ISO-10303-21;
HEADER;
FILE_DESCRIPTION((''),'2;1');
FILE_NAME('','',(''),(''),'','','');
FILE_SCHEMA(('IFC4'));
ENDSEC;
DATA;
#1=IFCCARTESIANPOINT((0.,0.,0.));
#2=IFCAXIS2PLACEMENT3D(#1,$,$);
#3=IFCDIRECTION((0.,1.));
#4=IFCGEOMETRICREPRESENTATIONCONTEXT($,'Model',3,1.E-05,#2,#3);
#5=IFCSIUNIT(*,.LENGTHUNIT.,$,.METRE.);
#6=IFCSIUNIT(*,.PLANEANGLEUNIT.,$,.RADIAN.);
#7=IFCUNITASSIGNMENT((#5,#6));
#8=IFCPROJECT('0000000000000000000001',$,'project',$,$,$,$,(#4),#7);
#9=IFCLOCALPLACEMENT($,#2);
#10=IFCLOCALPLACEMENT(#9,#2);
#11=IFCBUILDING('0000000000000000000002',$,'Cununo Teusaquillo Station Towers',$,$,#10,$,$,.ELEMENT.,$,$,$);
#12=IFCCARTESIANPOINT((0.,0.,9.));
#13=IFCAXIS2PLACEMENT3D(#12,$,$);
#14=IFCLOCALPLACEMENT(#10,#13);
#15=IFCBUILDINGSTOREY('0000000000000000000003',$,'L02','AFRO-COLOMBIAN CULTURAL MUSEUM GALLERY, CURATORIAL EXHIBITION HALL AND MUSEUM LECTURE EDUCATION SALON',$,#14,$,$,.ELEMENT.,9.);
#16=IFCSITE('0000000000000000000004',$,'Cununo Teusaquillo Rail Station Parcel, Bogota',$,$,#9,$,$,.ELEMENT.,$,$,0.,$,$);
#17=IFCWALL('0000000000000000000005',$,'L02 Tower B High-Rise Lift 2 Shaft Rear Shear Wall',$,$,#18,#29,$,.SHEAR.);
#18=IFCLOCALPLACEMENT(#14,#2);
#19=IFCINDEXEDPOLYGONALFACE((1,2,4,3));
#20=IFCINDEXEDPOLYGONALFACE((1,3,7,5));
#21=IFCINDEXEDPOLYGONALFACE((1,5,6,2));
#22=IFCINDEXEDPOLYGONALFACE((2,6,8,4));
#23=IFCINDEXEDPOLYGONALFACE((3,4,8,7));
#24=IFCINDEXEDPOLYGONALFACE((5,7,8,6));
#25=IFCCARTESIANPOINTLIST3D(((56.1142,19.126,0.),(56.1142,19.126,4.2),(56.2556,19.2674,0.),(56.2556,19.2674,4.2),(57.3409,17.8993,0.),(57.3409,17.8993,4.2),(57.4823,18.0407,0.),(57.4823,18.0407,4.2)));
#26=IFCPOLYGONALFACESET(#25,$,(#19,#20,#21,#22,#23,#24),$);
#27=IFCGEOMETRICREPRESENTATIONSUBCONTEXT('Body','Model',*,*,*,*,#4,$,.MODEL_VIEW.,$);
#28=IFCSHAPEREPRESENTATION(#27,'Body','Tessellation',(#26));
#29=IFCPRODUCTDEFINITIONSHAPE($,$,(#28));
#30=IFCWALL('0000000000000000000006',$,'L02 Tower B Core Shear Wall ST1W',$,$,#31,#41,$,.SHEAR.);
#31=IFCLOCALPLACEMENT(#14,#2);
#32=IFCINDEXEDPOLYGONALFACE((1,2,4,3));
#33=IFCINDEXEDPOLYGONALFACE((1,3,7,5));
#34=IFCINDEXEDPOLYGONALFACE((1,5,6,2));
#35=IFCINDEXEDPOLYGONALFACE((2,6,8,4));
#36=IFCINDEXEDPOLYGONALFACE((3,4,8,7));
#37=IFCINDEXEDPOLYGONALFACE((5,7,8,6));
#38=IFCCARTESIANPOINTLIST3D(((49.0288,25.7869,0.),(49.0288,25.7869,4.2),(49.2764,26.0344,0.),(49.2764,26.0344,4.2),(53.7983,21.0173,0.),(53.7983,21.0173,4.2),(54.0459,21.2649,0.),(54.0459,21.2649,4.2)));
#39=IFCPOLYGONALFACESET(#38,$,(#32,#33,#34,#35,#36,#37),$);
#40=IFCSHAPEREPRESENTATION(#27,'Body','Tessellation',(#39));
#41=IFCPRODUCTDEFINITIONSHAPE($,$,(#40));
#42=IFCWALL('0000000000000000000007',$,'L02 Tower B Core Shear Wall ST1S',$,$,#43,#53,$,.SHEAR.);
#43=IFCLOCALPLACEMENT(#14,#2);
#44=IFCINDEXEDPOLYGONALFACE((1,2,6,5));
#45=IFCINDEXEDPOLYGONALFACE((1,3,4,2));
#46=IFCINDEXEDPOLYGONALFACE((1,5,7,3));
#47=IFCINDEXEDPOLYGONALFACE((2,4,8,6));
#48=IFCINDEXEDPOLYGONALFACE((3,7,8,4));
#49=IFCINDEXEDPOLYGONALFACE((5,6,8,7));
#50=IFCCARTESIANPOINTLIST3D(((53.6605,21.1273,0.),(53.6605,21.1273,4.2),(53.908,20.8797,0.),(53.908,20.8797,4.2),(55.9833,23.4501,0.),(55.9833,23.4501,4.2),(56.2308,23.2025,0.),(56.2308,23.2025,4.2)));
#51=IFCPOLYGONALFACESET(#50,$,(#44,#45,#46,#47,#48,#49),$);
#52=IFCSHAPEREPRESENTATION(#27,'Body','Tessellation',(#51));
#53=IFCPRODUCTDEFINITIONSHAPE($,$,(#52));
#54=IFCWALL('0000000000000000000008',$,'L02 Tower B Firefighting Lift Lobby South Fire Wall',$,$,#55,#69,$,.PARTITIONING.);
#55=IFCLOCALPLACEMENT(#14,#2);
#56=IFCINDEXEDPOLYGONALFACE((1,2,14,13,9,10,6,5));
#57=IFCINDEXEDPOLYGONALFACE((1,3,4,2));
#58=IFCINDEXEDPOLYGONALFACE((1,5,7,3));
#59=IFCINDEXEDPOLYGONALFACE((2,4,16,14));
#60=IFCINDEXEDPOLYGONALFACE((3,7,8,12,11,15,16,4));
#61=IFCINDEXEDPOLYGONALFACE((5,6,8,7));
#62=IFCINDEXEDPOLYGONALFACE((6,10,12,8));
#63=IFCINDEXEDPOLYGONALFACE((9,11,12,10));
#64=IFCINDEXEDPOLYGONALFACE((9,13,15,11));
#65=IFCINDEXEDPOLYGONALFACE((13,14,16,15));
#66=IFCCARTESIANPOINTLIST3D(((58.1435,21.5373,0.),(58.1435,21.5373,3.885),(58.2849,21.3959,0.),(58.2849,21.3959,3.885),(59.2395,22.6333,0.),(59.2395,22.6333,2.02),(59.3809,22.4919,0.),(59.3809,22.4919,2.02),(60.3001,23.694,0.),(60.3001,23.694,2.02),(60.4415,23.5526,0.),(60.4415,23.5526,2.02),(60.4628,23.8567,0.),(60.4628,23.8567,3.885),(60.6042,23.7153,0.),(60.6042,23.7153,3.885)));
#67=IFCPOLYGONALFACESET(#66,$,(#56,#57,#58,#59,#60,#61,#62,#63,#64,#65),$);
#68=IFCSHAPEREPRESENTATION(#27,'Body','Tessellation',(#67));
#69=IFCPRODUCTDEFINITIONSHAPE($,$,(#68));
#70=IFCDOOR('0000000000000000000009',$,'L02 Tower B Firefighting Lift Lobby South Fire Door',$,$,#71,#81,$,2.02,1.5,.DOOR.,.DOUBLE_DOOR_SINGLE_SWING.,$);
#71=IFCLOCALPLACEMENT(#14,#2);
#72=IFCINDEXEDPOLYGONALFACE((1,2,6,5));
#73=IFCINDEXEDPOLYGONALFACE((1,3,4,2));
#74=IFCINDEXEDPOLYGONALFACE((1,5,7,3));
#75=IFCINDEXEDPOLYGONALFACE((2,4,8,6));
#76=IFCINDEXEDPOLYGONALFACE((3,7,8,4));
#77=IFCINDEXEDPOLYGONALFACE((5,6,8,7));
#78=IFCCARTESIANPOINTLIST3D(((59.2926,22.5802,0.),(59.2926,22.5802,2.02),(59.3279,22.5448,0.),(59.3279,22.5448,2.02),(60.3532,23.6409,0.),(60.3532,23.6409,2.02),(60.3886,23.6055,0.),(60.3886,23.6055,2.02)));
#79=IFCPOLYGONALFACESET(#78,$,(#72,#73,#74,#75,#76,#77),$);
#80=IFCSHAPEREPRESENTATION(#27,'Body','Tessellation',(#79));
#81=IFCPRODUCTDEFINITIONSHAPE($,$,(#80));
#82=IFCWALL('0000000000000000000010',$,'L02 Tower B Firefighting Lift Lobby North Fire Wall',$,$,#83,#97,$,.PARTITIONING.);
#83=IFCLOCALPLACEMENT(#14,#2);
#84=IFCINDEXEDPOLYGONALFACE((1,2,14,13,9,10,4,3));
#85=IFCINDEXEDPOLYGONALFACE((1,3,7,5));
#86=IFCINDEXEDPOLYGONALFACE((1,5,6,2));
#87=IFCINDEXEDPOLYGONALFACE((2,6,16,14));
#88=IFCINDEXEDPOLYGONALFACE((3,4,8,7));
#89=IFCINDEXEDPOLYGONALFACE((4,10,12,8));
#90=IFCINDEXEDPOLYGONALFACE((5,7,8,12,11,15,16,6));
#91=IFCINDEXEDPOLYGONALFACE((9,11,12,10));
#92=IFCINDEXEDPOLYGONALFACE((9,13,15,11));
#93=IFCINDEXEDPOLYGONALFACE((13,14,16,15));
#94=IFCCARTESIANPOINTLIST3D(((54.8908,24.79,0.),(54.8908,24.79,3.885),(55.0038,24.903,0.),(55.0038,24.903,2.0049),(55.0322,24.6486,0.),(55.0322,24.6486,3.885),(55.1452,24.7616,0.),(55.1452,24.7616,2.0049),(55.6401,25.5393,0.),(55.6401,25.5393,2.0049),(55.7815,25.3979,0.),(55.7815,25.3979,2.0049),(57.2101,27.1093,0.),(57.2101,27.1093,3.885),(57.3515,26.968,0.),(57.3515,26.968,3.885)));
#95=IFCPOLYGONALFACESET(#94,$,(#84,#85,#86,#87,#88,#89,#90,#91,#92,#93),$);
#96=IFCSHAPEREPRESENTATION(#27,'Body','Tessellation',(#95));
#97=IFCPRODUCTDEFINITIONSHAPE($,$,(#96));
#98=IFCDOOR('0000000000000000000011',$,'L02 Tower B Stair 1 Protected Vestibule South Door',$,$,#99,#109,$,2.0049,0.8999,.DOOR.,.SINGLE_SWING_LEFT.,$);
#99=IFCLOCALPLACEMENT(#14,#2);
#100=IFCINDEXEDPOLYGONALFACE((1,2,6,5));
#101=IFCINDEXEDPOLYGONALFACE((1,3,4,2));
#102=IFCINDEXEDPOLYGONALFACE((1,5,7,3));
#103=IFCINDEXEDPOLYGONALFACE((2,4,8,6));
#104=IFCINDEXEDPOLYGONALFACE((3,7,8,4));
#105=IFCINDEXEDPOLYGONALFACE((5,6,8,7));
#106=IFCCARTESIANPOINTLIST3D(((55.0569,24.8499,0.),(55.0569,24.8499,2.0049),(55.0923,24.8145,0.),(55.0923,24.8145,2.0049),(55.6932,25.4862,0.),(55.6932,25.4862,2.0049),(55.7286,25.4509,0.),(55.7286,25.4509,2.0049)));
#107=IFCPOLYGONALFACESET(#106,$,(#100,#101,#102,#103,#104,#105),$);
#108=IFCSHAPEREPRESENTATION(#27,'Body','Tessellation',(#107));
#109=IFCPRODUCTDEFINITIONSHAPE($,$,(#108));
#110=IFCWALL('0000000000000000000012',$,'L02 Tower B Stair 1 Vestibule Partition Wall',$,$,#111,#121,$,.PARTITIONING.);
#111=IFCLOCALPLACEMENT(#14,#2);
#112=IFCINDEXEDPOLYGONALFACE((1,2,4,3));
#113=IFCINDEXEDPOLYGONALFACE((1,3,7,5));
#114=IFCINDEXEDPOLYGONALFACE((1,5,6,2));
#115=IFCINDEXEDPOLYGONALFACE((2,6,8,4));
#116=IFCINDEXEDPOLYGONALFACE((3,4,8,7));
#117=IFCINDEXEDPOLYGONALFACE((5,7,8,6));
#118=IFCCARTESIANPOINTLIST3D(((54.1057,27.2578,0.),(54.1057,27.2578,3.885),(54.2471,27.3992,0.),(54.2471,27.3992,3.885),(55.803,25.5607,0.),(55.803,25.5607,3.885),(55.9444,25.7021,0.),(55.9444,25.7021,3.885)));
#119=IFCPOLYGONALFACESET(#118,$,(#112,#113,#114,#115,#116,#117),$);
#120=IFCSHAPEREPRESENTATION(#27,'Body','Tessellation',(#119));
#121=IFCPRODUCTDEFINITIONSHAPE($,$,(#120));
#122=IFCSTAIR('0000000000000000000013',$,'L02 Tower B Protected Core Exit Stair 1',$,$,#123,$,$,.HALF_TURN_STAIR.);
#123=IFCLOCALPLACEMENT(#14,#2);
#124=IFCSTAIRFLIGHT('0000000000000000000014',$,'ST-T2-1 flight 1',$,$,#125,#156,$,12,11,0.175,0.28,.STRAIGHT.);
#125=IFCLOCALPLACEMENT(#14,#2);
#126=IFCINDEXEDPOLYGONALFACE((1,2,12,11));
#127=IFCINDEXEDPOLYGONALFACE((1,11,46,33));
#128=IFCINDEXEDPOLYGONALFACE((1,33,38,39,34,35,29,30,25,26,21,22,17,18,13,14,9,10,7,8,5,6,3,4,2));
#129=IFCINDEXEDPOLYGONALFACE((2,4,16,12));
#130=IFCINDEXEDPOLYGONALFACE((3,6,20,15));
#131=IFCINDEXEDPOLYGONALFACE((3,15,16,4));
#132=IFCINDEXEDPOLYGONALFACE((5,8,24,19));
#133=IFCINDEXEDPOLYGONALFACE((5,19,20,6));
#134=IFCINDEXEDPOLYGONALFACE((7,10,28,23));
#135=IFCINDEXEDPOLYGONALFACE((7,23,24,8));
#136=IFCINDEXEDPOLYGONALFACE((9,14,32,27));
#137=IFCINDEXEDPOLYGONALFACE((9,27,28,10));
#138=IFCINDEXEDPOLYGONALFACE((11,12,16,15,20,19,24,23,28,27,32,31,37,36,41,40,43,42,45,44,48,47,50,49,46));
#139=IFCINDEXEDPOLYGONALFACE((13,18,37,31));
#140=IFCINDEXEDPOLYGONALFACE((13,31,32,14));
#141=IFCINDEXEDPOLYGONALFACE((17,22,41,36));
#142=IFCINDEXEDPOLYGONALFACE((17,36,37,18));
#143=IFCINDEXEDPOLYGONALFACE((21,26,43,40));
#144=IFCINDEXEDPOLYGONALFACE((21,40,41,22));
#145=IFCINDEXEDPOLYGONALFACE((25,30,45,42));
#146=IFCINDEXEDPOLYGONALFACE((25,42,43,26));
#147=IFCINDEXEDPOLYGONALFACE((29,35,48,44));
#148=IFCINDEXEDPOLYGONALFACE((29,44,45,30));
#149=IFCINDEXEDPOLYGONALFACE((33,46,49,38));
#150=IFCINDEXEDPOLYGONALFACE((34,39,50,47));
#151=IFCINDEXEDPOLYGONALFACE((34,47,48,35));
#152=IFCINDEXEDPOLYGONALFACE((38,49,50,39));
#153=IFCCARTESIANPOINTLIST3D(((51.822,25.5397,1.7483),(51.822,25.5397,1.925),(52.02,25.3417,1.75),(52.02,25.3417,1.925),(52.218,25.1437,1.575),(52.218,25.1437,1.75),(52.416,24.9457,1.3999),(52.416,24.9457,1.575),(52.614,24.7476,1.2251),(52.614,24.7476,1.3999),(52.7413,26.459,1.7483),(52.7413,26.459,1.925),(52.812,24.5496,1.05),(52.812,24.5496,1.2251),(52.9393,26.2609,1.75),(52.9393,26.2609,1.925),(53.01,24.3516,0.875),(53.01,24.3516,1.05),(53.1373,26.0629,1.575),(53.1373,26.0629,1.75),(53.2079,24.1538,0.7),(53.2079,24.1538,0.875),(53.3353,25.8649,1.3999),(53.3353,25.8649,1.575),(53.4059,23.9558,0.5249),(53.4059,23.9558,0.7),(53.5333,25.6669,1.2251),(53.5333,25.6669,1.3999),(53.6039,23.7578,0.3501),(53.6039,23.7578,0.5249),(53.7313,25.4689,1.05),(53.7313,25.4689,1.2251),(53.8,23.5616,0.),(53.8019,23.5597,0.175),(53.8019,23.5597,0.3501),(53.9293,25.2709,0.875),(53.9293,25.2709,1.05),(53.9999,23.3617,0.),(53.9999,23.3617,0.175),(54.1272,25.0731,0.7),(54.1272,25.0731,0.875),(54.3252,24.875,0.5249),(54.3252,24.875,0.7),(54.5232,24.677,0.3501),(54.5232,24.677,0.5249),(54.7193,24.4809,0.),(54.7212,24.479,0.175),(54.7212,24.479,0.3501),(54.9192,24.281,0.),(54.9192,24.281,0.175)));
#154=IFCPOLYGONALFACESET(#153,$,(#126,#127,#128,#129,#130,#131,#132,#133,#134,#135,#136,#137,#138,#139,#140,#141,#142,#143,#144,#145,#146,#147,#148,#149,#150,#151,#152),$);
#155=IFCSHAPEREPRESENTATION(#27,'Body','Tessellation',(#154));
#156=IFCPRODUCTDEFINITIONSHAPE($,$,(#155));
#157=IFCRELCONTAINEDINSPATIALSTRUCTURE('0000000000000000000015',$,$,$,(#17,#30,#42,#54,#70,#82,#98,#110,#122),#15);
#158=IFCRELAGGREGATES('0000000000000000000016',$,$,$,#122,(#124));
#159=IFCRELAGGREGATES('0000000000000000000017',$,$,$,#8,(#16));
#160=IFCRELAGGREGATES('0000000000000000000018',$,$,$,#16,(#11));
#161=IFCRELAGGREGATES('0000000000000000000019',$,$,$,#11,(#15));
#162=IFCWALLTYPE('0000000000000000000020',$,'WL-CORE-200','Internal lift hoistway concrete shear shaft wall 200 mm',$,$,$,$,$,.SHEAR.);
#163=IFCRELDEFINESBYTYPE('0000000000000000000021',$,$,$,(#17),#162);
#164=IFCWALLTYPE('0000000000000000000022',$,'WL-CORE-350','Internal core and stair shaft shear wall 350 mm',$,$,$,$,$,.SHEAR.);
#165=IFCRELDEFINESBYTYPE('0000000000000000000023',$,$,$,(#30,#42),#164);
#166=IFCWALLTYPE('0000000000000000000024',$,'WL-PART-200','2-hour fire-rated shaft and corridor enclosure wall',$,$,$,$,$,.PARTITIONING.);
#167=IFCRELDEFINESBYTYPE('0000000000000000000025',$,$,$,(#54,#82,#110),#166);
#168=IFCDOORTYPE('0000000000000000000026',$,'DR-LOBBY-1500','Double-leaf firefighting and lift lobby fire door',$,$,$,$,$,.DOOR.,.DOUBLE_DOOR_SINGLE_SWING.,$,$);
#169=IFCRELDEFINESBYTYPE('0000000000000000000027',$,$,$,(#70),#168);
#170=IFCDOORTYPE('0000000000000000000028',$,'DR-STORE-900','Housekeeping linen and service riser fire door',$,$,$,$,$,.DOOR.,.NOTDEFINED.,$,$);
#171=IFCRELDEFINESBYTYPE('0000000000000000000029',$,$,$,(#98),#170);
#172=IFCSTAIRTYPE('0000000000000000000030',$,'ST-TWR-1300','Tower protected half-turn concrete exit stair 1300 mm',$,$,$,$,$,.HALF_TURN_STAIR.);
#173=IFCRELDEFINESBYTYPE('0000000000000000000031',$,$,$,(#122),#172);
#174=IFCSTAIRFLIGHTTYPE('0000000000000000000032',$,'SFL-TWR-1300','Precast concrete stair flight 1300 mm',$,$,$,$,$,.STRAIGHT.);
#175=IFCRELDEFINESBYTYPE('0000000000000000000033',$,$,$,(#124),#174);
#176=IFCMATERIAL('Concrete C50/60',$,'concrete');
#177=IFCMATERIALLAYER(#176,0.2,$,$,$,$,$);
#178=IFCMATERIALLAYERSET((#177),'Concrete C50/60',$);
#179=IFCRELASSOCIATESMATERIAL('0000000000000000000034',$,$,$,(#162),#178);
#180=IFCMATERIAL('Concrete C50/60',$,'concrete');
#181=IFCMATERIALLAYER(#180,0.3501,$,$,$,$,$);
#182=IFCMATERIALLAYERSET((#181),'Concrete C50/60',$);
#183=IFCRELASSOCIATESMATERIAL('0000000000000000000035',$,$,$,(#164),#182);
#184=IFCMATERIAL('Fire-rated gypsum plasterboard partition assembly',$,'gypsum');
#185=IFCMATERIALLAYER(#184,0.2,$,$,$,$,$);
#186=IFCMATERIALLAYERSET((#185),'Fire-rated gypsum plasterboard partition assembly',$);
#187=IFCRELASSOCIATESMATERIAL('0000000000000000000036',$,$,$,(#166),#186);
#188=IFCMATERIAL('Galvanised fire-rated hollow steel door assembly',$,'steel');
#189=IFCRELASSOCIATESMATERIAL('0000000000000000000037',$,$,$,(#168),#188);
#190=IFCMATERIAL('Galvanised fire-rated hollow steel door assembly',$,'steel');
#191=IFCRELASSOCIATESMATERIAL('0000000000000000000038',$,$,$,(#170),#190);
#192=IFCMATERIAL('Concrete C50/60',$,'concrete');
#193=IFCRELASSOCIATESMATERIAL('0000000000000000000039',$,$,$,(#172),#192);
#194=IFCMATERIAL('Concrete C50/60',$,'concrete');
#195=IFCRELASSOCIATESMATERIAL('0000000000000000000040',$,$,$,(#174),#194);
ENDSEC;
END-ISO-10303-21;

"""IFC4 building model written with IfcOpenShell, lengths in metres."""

from ifc_helpers import new_model, si_unit, direction, frame, frame_2d, origin, place, context, subcontext, project, spatial, polyline, rectangle, outline, extrude, source, transform, mapped, material, layer, layer_set, type_object, element, fill, aggregate, save


model = new_model("IFC4")

# Units and contexts
model_context = context("Model", 3, precision=1e-05, world=origin(), true_north=direction((0.0, 1.0)))
body_context = subcontext(model_context, "Body", "Model", "MODEL_VIEW")
ifc_project = project(units=[si_unit("LENGTHUNIT", "METRE"), si_unit("PLANEANGLEUNIT", "RADIAN")], contexts=[model_context])

# Site, building, storey
site_placement = place(None, origin())
site = spatial("IfcSite", under=ifc_project, at=site_placement, Name="Cununo Teusaquillo Rail Station Parcel, Bogota", CompositionType="ELEMENT", RefElevation=0.0)
building_placement = place(site_placement, origin())
building = spatial("IfcBuilding", under=site, at=building_placement, Name="Cununo Teusaquillo Station Towers", CompositionType="ELEMENT")
storey_placement = place(building_placement, frame((0.0, 0.0, 9.0)))
storey = spatial("IfcBuildingStorey", under=building, at=storey_placement, Name="L02", Description="AFRO-COLOMBIAN CULTURAL MUSEUM GALLERY, CURATORIAL EXHIBITION HALL AND MUSEUM LECTURE EDUCATION SALON", CompositionType="ELEMENT", Elevation=9.0)

# Walls
ifc_material_1 = material(Name="Concrete C50/60", Category="concrete")
ifc_layer_1 = layer(ifc_material_1, 0.2)
ifc_layer_set_1 = layer_set([ifc_layer_1], Name="Concrete C50/60")
wall_type_1 = type_object("IfcWallType", Name="WL-CORE-200", Description="Internal lift hoistway concrete shear shaft wall 200 mm", PredefinedType="SHEAR", material=ifc_layer_set_1)
wall_1_placement = place(storey_placement, frame((57.4116, 17.97, 0.0), z_axis=(0.0, 0.0, 1.0), x_axis=(-0.707107, 0.707107, 0.0)))
element("IfcWall", 1, at=wall_1_placement, inside=storey, type_object=wall_type_1, Name="L02 Tower B High-Rise Lift 2 Shaft Rear Shear Wall", PredefinedType="SHEAR", context=body_context, shape_type="SweptSolid", body=[
    extrude(rectangle(XDim=1.7349, YDim=0.2, at=frame_2d((0.8674, 0.0))), origin(), (0.0, 0.0, 1.0), 4.2),
])
ifc_material_2 = material(Name="Concrete C50/60", Category="concrete")
ifc_layer_2 = layer(ifc_material_2, 0.3501)
ifc_layer_set_2 = layer_set([ifc_layer_2], Name="Concrete C50/60")
wall_type_2 = type_object("IfcWallType", Name="WL-CORE-350", Description="Internal core and stair shaft shear wall 350 mm", PredefinedType="SHEAR", material=ifc_layer_set_2)
wall_2_placement = place(storey_placement, frame((53.9221, 21.1411, 0.0), z_axis=(0.0, 0.0, 1.0), x_axis=(-0.707107, 0.707107, 0.0)))
element("IfcWall", 2, at=wall_2_placement, inside=storey, type_object=wall_type_2, Name="L02 Tower B Core Shear Wall ST1W", PredefinedType="SHEAR", context=body_context, shape_type="SweptSolid", body=[
    extrude(rectangle(XDim=6.7451, YDim=0.3501, at=frame_2d((3.3726, 0.0))), origin(), (0.0, 0.0, 1.0), 4.2),
])
wall_3_placement = place(storey_placement, frame((53.7842, 21.0034, 0.0), z_axis=(0.0, 0.0, 1.0), x_axis=(0.707107, 0.707107, 0.0)))
element("IfcWall", 3, at=wall_3_placement, inside=storey, type_object=wall_type_2, Name="L02 Tower B Core Shear Wall ST1S", PredefinedType="SHEAR", context=body_context, shape_type="SweptSolid", body=[
    extrude(rectangle(XDim=3.2849, YDim=0.3501, at=frame_2d((1.6426, 0.0))), origin(), (0.0, 0.0, 1.0), 4.2),
])

# Walls, openings, doors
ifc_material_3 = material(Name="Fire-rated gypsum plasterboard partition assembly", Category="gypsum")
ifc_layer_3 = layer(ifc_material_3, 0.2)
ifc_layer_set_3 = layer_set([ifc_layer_3], Name="Fire-rated gypsum plasterboard partition assembly")
wall_type_3 = type_object("IfcWallType", Name="WL-PART-200", Description="2-hour fire-rated shaft and corridor enclosure wall", PredefinedType="PARTITIONING", material=ifc_layer_set_3)
wall_4_placement = place(storey_placement, frame((58.2141, 21.4666, 0.0), z_axis=(0.0, 0.0, 1.0), x_axis=(0.707107, 0.707107, 0.0)))
wall_4 = element("IfcWall", 4, at=wall_4_placement, inside=storey, type_object=wall_type_3, Name="L02 Tower B Firefighting Lift Lobby South Fire Wall", PredefinedType="PARTITIONING", context=body_context, shape_type="SweptSolid", body=[
    extrude(rectangle(XDim=3.28, YDim=0.2, at=frame_2d((1.6401, 0.0))), origin(), (0.0, 0.0, 1.0), 3.885),
])
shared_shape_1 = source(origin(), body_context, "Body", "SweptSolid", [
    extrude(rectangle(XDim=1.5, YDim=2.02, at=frame_2d((0.75, 1.01))), frame((0.0, 0.1099, 0.0), z_axis=(0.0, -1.0, 0.0), x_axis=(1.0, 0.0, 0.0)), (0.0, 0.0, 1.0), 0.22),
])
opening_1_placement = place(wall_4_placement, frame((1.55, 0.0, 0.0)))
opening_1 = element("IfcOpeningElement", 5, at=opening_1_placement, cuts=wall_4, PredefinedType="OPENING", context=body_context, shape_type="MappedRepresentation", body=[
    mapped(shared_shape_1, transform((0.0, 0.0, 0.0), x_axis=(1.0, 0.0, 0.0), y_axis=(0.0, 1.0, 0.0), z_axis=(0.0, 0.0, 1.0), scale=1.0)),
])
ifc_material_4 = material(Name="Galvanised fire-rated hollow steel door assembly", Category="steel")
door_type_1 = type_object("IfcDoorType", Name="DR-LOBBY-1500", Description="Double-leaf firefighting and lift lobby fire door", OperationType="DOUBLE_DOOR_SINGLE_SWING", PredefinedType="DOOR", material=ifc_material_4)
shared_shape_2 = source(origin(), body_context, "Body", "SweptSolid", [
    extrude(rectangle(XDim=1.5, YDim=2.02, at=frame_2d((0.75, 1.01))), frame((0.0, 0.0249, 0.0), z_axis=(0.0, -1.0, 0.0), x_axis=(1.0, 0.0, 0.0)), (0.0, 0.0, 1.0), 0.05),
])
door_1_placement = place(opening_1_placement, origin())
door_1 = element("IfcDoor", 6, at=door_1_placement, inside=storey, type_object=door_type_1, Name="L02 Tower B Firefighting Lift Lobby South Fire Door", OperationType="DOUBLE_DOOR_SINGLE_SWING", OverallHeight=2.02, OverallWidth=1.5, PredefinedType="DOOR", context=body_context, shape_type="MappedRepresentation", body=[
    mapped(shared_shape_2, transform((0.0, 0.0, 0.0), x_axis=(1.0, 0.0, 0.0), y_axis=(0.0, 1.0, 0.0), z_axis=(0.0, 0.0, 1.0), scale=1.0)),
])
fill(opening_1, door_1)
wall_5_placement = place(storey_placement, frame((54.9614, 24.7192, 0.0), z_axis=(0.0, 0.0, 1.0), x_axis=(0.707107, 0.707107, 0.0)))
wall_5 = element("IfcWall", 7, at=wall_5_placement, inside=storey, type_object=wall_type_3, Name="L02 Tower B Firefighting Lift Lobby North Fire Wall", PredefinedType="PARTITIONING", context=body_context, shape_type="SweptSolid", body=[
    extrude(rectangle(XDim=3.28, YDim=0.2, at=frame_2d((1.6401, 0.0))), origin(), (0.0, 0.0, 1.0), 3.885),
])
shared_shape_3 = source(origin(), body_context, "Body", "SweptSolid", [
    extrude(rectangle(XDim=0.8999, YDim=2.0049, at=frame_2d((0.45, 1.0024))), frame((0.0, 0.1099, 0.0), z_axis=(0.0, -1.0, 0.0), x_axis=(1.0, 0.0, 0.0)), (0.0, 0.0, 1.0), 0.22),
])
opening_2_placement = place(wall_5_placement, frame((0.1599, 0.0, 0.0)))
opening_2 = element("IfcOpeningElement", 8, at=opening_2_placement, cuts=wall_5, PredefinedType="OPENING", context=body_context, shape_type="MappedRepresentation", body=[
    mapped(shared_shape_3, transform((0.0, 0.0, 0.0), x_axis=(1.0, 0.0, 0.0), y_axis=(0.0, 1.0, 0.0), z_axis=(0.0, 0.0, 1.0), scale=1.0)),
])
ifc_material_5 = material(Name="Galvanised fire-rated hollow steel door assembly", Category="steel")
door_type_2 = type_object("IfcDoorType", Name="DR-STORE-900", Description="Housekeeping linen and service riser fire door", OperationType="NOTDEFINED", PredefinedType="DOOR", material=ifc_material_5)
shared_shape_4 = source(origin(), body_context, "Body", "SweptSolid", [
    extrude(rectangle(XDim=0.8999, YDim=2.0049, at=frame_2d((0.45, 1.0024))), frame((0.0, 0.0249, 0.0), z_axis=(0.0, -1.0, 0.0), x_axis=(1.0, 0.0, 0.0)), (0.0, 0.0, 1.0), 0.05),
])
door_2_placement = place(opening_2_placement, origin())
door_2 = element("IfcDoor", 9, at=door_2_placement, inside=storey, type_object=door_type_2, Name="L02 Tower B Stair 1 Protected Vestibule South Door", OperationType="SINGLE_SWING_LEFT", OverallHeight=2.0049, OverallWidth=0.8999, PredefinedType="DOOR", context=body_context, shape_type="MappedRepresentation", body=[
    mapped(shared_shape_4, transform((0.0, 0.0, 0.0), x_axis=(1.0, 0.0, 0.0), y_axis=(0.0, 1.0, 0.0), z_axis=(0.0, 0.0, 1.0), scale=1.0)),
])
fill(opening_2, door_2)

# Wall
wall_6_placement = place(storey_placement, frame((55.8738, 25.6313, 0.0), z_axis=(0.0, 0.0, 1.0), x_axis=(-0.707158, 0.707056, 0.0)))
element("IfcWall", 10, at=wall_6_placement, inside=storey, type_object=wall_type_3, Name="L02 Tower B Stair 1 Vestibule Partition Wall", PredefinedType="PARTITIONING", context=body_context, shape_type="SweptSolid", body=[
    extrude(rectangle(XDim=2.4001, YDim=0.2, at=frame_2d((1.2002, 0.0))), origin(), (0.0, 0.0, 1.0), 3.885),
])

# Stair, stair flight
ifc_material_6 = material(Name="Concrete C50/60", Category="concrete")
stair_type = type_object("IfcStairType", Name="ST-TWR-1300", Description="Tower protected half-turn concrete exit stair 1300 mm", PredefinedType="HALF_TURN_STAIR", material=ifc_material_6)
stair_placement = place(storey_placement, origin())
stair = element("IfcStair", 11, at=stair_placement, inside=storey, type_object=stair_type, Name="L02 Tower B Protected Core Exit Stair 1", PredefinedType="HALF_TURN_STAIR")
ifc_material_7 = material(Name="Concrete C50/60", Category="concrete")
stair_flight_type = type_object("IfcStairFlightType", Name="SFL-TWR-1300", Description="Precast concrete stair flight 1300 mm", PredefinedType="STRAIGHT", material=ifc_material_7)
stair_flight_1_placement = place(storey_placement, frame((54.4595, 23.8213, 0.0), z_axis=(0.0, 0.0, 1.0), x_axis=(-0.707107, 0.707107, 0.0)))
stair_flight_1 = element("IfcStairFlight", 12, at=stair_flight_1_placement, type_object=stair_flight_type, Name="ST-T2-1 flight 1", NumberOfRisers=12, NumberOfTreads=11, PredefinedType="STRAIGHT", RiserHeight=0.175, TreadLength=0.28, context=body_context, shape_type="SweptSolid", body=[
    extrude(outline(polyline([(0.0, 0.0), (0.0, 0.175), (0.28, 0.175), (0.28, 0.3501), (0.5601, 0.3501), (0.5601, 0.5249), (0.8401, 0.5249), (0.8401, 0.7), (1.1201, 0.7), (1.1201, 0.875), (1.3999, 0.875), (1.3999, 1.05), (1.6799, 1.05), (1.6799, 1.2251), (1.96, 1.2251), (1.96, 1.3999), (2.24, 1.3999), (2.24, 1.575), (2.52, 1.575), (2.52, 1.75), (2.8, 1.75), (2.8, 1.925), (3.0801, 1.925), (3.0801, 2.1001), (3.0801, 1.7483), (0.2827, 0.0), (0.0, 0.0)])), frame((0.0, 0.6499, 0.0), z_axis=(0.0, -1.0, 0.0), x_axis=(1.0, 0.0, 0.0)), (0.0, 0.0, 1.0), 1.3),
])
aggregate(stair, [stair_flight_1])

save(model, "model.ifc")
